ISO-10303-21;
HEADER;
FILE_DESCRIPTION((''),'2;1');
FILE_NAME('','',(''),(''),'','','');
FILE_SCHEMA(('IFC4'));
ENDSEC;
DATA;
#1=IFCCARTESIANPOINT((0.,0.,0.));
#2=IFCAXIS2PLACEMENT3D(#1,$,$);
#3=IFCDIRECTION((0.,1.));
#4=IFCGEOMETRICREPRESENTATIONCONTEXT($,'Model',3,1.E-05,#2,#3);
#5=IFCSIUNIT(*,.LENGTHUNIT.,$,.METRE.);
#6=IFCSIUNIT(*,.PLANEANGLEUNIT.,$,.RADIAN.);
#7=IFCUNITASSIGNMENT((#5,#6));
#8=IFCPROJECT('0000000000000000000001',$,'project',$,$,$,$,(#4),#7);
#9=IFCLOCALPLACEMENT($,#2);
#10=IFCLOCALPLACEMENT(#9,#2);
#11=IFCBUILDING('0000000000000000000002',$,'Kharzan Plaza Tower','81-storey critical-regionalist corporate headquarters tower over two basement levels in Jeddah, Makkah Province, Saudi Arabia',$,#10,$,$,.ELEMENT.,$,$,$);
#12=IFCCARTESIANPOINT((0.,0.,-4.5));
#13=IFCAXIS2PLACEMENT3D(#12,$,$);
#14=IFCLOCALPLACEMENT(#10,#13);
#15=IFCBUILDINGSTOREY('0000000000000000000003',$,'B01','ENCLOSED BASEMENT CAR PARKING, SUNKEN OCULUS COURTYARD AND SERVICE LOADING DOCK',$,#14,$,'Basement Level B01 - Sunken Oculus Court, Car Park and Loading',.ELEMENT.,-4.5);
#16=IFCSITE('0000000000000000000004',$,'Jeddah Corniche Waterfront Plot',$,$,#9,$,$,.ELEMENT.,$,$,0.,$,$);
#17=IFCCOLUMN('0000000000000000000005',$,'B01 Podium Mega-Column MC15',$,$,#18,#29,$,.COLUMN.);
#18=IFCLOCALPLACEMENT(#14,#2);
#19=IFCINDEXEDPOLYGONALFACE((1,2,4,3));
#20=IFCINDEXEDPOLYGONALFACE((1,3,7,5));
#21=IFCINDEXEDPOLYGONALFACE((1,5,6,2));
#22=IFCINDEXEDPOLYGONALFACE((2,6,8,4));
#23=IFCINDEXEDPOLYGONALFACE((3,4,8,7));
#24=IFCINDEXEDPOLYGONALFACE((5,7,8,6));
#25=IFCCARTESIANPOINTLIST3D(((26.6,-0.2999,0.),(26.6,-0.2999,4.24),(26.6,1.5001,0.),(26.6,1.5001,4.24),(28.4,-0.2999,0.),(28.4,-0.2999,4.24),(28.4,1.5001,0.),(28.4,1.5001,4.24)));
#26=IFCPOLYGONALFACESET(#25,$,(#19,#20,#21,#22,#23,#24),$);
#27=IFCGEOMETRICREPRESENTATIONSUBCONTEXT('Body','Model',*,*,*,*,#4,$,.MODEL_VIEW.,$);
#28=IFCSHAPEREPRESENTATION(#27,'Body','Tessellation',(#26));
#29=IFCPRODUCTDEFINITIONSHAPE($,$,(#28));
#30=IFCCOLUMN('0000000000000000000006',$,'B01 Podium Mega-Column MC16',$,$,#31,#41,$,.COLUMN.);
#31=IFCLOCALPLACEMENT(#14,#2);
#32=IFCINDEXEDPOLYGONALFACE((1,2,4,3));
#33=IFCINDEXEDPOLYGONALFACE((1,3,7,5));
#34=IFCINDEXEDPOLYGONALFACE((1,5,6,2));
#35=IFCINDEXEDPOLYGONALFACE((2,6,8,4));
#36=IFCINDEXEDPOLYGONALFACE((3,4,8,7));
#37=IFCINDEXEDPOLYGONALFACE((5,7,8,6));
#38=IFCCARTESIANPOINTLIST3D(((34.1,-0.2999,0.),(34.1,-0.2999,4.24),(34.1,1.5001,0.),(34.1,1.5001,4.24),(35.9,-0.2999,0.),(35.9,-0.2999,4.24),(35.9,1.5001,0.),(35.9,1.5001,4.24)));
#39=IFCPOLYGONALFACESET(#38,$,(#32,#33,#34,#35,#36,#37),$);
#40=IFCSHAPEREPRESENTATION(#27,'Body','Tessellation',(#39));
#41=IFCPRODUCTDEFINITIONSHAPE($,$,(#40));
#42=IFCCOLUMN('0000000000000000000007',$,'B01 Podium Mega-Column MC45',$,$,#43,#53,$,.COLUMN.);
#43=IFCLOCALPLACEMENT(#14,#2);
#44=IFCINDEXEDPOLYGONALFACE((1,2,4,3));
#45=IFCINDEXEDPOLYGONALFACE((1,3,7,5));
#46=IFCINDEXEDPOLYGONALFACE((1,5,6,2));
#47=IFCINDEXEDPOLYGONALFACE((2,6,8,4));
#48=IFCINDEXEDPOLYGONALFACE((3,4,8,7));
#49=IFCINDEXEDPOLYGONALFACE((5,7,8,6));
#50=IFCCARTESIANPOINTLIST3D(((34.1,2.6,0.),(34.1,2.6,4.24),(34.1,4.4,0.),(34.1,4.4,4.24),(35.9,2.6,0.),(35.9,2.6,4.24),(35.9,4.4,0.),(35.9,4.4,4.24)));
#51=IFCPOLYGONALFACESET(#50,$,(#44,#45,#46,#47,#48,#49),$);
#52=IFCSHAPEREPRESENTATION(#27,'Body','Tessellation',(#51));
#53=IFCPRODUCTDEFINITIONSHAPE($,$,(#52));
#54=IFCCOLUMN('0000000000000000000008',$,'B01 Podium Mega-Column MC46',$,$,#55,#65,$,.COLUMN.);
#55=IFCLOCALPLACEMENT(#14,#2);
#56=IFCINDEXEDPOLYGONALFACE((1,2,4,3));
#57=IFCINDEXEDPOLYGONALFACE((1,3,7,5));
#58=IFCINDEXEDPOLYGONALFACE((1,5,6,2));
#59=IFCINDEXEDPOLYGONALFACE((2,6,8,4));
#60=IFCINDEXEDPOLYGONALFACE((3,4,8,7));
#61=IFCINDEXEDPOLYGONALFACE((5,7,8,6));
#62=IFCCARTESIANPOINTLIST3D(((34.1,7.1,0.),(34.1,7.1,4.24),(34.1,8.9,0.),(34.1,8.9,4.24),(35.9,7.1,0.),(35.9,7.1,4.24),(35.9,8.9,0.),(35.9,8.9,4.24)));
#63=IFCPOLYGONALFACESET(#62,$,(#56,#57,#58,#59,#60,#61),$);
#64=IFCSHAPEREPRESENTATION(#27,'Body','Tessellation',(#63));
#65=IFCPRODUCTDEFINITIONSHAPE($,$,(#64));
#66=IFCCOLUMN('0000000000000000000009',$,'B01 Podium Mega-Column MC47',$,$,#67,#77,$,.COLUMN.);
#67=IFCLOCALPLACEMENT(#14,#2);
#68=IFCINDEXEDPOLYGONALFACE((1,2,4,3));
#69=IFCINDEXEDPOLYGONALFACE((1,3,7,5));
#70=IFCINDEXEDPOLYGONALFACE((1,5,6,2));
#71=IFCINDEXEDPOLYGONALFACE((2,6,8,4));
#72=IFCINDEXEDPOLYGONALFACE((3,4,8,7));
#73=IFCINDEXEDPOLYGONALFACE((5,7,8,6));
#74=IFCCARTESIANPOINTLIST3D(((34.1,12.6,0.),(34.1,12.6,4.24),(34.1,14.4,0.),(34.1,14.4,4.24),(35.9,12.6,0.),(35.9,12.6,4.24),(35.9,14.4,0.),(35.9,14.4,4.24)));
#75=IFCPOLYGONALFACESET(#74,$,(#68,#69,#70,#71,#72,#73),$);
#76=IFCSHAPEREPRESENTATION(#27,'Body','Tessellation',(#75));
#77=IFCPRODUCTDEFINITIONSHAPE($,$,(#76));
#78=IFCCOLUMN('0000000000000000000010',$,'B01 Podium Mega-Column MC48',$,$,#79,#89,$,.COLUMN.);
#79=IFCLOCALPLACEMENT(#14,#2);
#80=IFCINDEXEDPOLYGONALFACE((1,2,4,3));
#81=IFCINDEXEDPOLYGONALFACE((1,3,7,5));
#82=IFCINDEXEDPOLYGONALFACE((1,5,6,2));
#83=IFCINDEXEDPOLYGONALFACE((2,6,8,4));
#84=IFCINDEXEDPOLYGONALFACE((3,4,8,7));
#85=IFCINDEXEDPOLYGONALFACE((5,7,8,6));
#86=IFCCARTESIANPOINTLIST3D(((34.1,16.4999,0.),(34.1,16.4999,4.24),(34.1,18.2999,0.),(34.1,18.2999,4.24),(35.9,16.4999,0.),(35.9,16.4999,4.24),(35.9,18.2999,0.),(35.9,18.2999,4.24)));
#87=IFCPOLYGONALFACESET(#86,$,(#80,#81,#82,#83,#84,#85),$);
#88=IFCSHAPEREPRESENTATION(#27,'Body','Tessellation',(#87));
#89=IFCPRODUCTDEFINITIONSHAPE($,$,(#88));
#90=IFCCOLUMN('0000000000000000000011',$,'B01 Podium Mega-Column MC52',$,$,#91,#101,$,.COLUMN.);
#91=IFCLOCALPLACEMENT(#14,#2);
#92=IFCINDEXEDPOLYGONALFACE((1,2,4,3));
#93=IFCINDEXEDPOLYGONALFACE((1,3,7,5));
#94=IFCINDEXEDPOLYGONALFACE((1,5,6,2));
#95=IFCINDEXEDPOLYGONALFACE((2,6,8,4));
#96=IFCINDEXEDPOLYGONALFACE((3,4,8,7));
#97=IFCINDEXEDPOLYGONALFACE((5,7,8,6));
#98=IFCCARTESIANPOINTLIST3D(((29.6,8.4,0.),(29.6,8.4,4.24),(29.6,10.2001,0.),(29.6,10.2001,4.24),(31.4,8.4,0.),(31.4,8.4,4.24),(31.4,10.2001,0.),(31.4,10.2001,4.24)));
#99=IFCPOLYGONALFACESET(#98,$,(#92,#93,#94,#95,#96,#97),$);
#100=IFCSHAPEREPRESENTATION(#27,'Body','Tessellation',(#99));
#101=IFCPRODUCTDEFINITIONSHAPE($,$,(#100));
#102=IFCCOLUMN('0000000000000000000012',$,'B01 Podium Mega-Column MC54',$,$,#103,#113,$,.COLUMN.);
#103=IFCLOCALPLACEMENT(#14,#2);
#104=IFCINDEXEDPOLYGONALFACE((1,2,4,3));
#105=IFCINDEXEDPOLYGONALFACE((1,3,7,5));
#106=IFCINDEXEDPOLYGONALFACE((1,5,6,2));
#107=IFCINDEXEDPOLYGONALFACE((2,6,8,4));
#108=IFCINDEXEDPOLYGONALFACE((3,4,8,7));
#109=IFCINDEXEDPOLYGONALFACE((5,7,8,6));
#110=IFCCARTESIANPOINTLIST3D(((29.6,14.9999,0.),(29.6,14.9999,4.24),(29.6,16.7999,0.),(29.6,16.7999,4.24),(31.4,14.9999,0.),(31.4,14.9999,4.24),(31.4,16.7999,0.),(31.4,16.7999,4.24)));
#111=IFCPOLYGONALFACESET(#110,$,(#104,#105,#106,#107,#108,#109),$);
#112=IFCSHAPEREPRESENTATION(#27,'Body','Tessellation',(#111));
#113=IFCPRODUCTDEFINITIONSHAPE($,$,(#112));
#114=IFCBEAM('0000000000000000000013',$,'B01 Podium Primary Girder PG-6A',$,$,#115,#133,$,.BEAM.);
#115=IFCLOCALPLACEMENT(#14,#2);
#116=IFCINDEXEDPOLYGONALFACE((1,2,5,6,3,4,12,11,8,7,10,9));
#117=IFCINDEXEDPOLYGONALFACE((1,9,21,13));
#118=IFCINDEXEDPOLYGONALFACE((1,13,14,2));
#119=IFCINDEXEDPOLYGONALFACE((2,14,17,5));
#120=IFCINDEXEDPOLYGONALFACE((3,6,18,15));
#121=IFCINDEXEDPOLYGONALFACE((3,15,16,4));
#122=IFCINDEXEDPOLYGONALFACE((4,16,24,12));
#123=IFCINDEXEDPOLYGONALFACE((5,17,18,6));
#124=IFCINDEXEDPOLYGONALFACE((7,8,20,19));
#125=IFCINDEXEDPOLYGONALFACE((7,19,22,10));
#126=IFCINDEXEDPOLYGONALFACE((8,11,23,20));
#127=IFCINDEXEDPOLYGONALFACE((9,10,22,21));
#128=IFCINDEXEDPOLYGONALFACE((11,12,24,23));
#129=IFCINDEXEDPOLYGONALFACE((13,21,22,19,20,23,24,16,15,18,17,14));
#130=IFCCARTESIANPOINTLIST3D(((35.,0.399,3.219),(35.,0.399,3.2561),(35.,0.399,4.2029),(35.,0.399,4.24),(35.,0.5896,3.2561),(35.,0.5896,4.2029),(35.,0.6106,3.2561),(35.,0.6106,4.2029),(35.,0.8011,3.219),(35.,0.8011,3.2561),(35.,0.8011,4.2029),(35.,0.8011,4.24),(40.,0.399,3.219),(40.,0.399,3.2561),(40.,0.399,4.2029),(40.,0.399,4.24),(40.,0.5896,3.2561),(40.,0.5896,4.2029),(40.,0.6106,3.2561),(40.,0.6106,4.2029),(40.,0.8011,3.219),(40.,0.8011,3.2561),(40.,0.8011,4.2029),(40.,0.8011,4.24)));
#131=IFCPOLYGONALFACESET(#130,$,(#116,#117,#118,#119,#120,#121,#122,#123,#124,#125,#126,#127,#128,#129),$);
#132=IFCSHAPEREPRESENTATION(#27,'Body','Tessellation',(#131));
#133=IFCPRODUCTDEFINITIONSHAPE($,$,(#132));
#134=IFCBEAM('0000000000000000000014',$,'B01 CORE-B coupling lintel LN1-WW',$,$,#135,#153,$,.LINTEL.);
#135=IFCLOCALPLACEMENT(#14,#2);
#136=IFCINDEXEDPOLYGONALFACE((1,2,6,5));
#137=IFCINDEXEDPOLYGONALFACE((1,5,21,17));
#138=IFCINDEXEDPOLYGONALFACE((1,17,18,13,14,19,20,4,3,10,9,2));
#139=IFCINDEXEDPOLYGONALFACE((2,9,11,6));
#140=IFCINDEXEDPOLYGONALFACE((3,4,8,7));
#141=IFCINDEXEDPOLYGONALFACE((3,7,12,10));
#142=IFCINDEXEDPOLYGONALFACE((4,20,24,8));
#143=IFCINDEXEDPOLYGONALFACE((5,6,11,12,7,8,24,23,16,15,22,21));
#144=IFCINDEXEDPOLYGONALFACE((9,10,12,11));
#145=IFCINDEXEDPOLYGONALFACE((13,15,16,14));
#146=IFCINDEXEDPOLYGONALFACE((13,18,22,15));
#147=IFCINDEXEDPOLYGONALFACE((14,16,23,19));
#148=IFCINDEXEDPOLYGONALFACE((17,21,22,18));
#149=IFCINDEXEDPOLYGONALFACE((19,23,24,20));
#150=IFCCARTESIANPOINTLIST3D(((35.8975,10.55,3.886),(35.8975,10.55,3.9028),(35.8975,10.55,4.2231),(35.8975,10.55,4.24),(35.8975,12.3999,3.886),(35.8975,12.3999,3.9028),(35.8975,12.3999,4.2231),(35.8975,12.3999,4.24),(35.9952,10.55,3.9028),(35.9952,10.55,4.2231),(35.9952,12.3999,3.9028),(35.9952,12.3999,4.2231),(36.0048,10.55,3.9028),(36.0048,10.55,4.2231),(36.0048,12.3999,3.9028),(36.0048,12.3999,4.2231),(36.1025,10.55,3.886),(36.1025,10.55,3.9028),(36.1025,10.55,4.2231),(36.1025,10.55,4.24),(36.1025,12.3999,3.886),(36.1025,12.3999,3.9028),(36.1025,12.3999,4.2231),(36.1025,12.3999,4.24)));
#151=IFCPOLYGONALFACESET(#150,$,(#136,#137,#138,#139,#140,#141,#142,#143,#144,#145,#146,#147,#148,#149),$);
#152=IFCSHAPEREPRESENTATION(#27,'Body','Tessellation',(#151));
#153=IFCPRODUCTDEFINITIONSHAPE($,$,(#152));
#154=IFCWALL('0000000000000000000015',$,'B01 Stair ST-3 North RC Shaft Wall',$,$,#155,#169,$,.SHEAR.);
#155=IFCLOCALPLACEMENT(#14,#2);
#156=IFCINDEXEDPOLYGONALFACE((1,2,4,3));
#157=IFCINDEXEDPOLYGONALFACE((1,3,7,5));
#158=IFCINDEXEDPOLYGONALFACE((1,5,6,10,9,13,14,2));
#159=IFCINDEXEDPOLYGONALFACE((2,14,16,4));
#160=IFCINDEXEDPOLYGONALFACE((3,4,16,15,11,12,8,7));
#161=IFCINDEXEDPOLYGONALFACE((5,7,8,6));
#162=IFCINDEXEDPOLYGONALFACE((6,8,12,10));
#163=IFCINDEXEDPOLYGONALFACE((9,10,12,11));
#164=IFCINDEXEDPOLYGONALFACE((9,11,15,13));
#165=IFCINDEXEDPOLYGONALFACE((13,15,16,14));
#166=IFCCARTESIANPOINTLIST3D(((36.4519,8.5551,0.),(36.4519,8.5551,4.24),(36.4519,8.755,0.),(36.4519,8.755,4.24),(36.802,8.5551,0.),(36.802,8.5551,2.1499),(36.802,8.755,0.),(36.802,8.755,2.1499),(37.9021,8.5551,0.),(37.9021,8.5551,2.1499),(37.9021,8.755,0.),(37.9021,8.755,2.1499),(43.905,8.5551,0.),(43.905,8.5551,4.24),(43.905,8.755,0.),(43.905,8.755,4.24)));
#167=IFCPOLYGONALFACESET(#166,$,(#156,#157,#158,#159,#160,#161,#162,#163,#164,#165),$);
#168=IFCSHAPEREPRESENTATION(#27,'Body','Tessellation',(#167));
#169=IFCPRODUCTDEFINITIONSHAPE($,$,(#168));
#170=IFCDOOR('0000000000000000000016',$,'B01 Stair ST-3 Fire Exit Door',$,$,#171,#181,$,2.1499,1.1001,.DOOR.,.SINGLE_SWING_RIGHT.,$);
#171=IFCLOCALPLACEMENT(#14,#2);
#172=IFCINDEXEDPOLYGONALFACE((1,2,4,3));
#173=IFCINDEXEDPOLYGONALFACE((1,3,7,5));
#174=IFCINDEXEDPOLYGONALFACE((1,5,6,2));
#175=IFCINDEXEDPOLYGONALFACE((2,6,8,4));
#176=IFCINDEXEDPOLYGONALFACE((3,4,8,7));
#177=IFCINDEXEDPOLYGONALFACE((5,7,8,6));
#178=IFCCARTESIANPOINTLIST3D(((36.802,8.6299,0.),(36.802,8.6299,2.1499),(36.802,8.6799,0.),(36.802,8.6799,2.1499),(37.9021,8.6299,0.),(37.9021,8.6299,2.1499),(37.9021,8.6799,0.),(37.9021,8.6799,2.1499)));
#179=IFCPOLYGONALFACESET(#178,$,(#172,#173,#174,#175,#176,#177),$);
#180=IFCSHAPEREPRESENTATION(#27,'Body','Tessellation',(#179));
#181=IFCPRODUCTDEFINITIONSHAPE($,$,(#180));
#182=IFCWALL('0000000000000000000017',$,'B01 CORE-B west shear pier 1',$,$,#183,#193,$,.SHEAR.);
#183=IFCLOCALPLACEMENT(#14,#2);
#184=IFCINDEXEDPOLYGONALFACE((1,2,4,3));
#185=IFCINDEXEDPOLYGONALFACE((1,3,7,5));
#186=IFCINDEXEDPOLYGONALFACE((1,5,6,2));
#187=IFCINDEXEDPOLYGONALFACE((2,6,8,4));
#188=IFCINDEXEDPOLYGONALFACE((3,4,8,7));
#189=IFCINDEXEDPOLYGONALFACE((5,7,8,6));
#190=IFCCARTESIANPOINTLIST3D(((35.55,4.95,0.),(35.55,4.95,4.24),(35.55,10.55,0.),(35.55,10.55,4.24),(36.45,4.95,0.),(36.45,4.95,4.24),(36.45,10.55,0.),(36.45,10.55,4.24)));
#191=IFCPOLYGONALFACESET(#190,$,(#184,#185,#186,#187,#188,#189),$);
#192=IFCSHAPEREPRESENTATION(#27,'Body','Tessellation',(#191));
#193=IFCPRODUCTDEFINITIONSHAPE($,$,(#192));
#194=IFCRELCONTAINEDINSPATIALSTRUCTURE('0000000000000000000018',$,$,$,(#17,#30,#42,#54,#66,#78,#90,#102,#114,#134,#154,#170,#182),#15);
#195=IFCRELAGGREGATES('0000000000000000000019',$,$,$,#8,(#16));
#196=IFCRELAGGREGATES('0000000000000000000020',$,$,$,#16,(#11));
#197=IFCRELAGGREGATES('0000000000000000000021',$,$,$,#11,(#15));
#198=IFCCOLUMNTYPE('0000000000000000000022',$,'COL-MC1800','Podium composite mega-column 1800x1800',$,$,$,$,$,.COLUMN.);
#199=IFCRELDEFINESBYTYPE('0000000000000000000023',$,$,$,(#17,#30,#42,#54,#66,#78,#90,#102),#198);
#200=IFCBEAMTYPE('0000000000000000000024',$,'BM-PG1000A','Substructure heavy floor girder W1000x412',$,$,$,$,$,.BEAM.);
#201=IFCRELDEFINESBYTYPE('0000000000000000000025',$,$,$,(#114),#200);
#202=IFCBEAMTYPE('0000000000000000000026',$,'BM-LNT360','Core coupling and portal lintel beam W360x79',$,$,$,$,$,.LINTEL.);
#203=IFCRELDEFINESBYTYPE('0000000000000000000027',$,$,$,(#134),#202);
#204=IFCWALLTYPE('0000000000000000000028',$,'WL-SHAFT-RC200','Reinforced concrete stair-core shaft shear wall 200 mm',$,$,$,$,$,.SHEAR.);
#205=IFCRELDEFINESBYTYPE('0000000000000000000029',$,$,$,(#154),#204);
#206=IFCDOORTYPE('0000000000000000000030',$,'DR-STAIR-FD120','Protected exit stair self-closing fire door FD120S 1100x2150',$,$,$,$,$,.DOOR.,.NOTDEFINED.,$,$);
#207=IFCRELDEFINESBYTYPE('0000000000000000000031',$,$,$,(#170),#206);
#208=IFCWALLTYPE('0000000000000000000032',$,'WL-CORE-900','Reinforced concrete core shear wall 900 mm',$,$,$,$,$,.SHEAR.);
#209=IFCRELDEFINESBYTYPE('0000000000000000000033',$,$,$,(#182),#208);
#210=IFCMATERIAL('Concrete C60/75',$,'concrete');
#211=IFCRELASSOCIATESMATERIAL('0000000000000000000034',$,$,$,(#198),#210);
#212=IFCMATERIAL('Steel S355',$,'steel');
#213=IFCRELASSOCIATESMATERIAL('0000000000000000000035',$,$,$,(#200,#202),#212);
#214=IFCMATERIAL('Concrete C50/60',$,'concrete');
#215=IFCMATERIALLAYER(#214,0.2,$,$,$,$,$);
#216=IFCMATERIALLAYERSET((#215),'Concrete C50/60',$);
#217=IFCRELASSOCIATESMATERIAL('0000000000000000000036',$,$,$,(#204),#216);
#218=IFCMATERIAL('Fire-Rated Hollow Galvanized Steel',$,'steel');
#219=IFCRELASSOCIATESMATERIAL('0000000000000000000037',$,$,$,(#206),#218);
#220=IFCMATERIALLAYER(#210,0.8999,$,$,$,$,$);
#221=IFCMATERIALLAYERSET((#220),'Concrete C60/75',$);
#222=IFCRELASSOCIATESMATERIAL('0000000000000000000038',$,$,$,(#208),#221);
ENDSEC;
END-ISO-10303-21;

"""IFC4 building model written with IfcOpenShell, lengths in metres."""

from ifc_helpers import new_model, si_unit, direction, frame, frame_2d, origin, origin_2d, place, context, subcontext, project, spatial, rectangle, i_section, extrude, source, transform, mapped, material, layer, layer_set, material_profile, profile_set, type_object, element, fill, save


model = new_model("IFC4")

# Units and contexts
model_context = context("Model", 3, precision=1e-05, world=origin(), true_north=direction((0.0, 1.0)))
body_context = subcontext(model_context, "Body", "Model", "MODEL_VIEW")
ifc_project = project(units=[si_unit("LENGTHUNIT", "METRE"), si_unit("PLANEANGLEUNIT", "RADIAN")], contexts=[model_context])

# Site, building, storey
site_placement = place(None, origin())
site = spatial("IfcSite", under=ifc_project, at=site_placement, Name="Jeddah Corniche Waterfront Plot", CompositionType="ELEMENT", RefElevation=0.0)
building_placement = place(site_placement, origin())
building = spatial("IfcBuilding", under=site, at=building_placement, Name="Kharzan Plaza Tower", Description="81-storey critical-regionalist corporate headquarters tower over two basement levels in Jeddah, Makkah Province, Saudi Arabia", CompositionType="ELEMENT")
storey_placement = place(building_placement, frame((0.0, 0.0, -4.5)))
storey = spatial("IfcBuildingStorey", under=building, at=storey_placement, Name="B01", Description="ENCLOSED BASEMENT CAR PARKING, SUNKEN OCULUS COURTYARD AND SERVICE LOADING DOCK", LongName="Basement Level B01 - Sunken Oculus Court, Car Park and Loading", CompositionType="ELEMENT", Elevation=-4.5)

# Columns
ifc_material_1 = material(Name="Concrete C60/75", Category="concrete")
ifc_material_profile_1 = material_profile(ifc_material_1, rectangle(XDim=1.8, YDim=1.8, at=origin_2d()), Name="RC-MC1800x1800")
ifc_profile_set_1 = profile_set([ifc_material_profile_1], Name="Concrete C60/75")
column_type = type_object("IfcColumnType", Name="COL-MC1800", Description="Podium composite mega-column 1800x1800", PredefinedType="COLUMN", material=ifc_profile_set_1)
shared_shape_1 = source(origin(), body_context, "Body", "SweptSolid", [
    extrude(rectangle(XDim=1.8, YDim=1.8, at=origin_2d()), origin(), (0.0, 0.0, 1.0), 4.24),
])
for number, where, z_axis, x_axis, name in (
    (1, (27.5, 0.6001, 0.0), (0.0, 0.0, 1.0), (1.0, 0.0, 0.0), "B01 Podium Mega-Column MC15"),
    (2, (35.0, 0.6001, 0.0), (0.0, 0.0, 1.0), (1.0, 0.0, 0.0), "B01 Podium Mega-Column MC16"),
    (3, (35.0, 3.5, 0.0), (0.0, 0.0, 1.0), (1.0, 0.0, 0.0), "B01 Podium Mega-Column MC45"),
    (4, (35.0, 8.0, 0.0), (0.0, 0.0, 1.0), (1.0, 0.0, 0.0), "B01 Podium Mega-Column MC46"),
    (5, (35.0, 13.5, 0.0), (0.0, 0.0, 1.0), (1.0, 0.0, 0.0), "B01 Podium Mega-Column MC47"),
    (6, (35.0, 17.3999, 0.0), (0.0, 0.0, 1.0), (1.0, 0.0, 0.0), "B01 Podium Mega-Column MC48"),
    (7, (30.5, 9.3, 0.0), (0.0, 0.0, 1.0), (1.0, 0.0, 0.0), "B01 Podium Mega-Column MC52"),
    (8, (30.5, 15.8999, 0.0), (0.0, 0.0, 1.0), (1.0, 0.0, 0.0), "B01 Podium Mega-Column MC54"),
):
    element("IfcColumn", number, at=place(storey_placement, frame(where, z_axis=z_axis, x_axis=x_axis)), inside=storey, type_object=column_type, Name=name, PredefinedType="COLUMN", context=body_context, shape_type="MappedRepresentation", body=[
        mapped(shared_shape_1, transform((0.0, 0.0, 0.0), x_axis=(1.0, 0.0, 0.0), y_axis=(0.0, 1.0, 0.0), z_axis=(0.0, 0.0, 1.0))),
    ])

# Beams
ifc_material_2 = material(Name="Steel S355", Category="steel")
ifc_material_profile_2 = material_profile(ifc_material_2, i_section(OverallWidth=0.4021, OverallDepth=1.021, WebThickness=0.021, FlangeThickness=0.0371, at=origin_2d()), Name="W1000x412")
ifc_profile_set_2 = profile_set([ifc_material_profile_2], Name="Steel S355")
beam_type_1 = type_object("IfcBeamType", Name="BM-PG1000A", Description="Substructure heavy floor girder W1000x412", PredefinedType="BEAM", material=ifc_profile_set_2)
shared_shape_2 = source(origin(), body_context, "Body", "SweptSolid", [
    extrude(i_section(OverallWidth=0.4021, OverallDepth=1.021, WebThickness=0.021, FlangeThickness=0.0371, at=origin_2d()), origin(), (0.0, 0.0, 1.0), 5.0),
])
beam_1_placement = place(storey_placement, frame((35.0, 0.6001, 3.7295), z_axis=(1.0, 0.0, 0.0), x_axis=(0.0, 1.0, 0.0)))
element("IfcBeam", 9, at=beam_1_placement, inside=storey, type_object=beam_type_1, Name="B01 Podium Primary Girder PG-6A", PredefinedType="BEAM", context=body_context, shape_type="MappedRepresentation", body=[
    mapped(shared_shape_2, transform((0.0, 0.0, 0.0), x_axis=(1.0, 0.0, 0.0), y_axis=(0.0, 1.0, 0.0), z_axis=(0.0, 0.0, 1.0))),
])
ifc_material_profile_3 = material_profile(ifc_material_2, i_section(OverallWidth=0.2051, OverallDepth=0.354, WebThickness=0.0095, FlangeThickness=0.0168, at=origin_2d()), Name="W360x79")
ifc_profile_set_3 = profile_set([ifc_material_profile_3], Name="Steel S355")
beam_type_2 = type_object("IfcBeamType", Name="BM-LNT360", Description="Core coupling and portal lintel beam W360x79", PredefinedType="LINTEL", material=ifc_profile_set_3)
shared_shape_3 = source(origin(), body_context, "Body", "SweptSolid", [
    extrude(i_section(OverallWidth=0.2051, OverallDepth=0.354, WebThickness=0.0095, FlangeThickness=0.0168, at=origin_2d()), origin(), (0.0, 0.0, 1.0), 1.8499),
])
beam_2_placement = place(storey_placement, frame((36.0, 10.55, 4.063), z_axis=(0.0, 1.0, 0.0), x_axis=(-1.0, 0.0, 0.0)))
element("IfcBeam", 10, at=beam_2_placement, inside=storey, type_object=beam_type_2, Name="B01 CORE-B coupling lintel LN1-WW", PredefinedType="LINTEL", context=body_context, shape_type="MappedRepresentation", body=[
    mapped(shared_shape_3, transform((0.0, 0.0, 0.0), x_axis=(1.0, 0.0, 0.0), y_axis=(0.0, 1.0, 0.0), z_axis=(0.0, 0.0, 1.0))),
])

# Wall, opening, door
ifc_material_3 = material(Name="Concrete C50/60", Category="concrete")
ifc_layer_1 = layer(ifc_material_3, 0.2)
ifc_layer_set_1 = layer_set([ifc_layer_1], Name="Concrete C50/60")
wall_type_1 = type_object("IfcWallType", Name="WL-SHAFT-RC200", Description="Reinforced concrete stair-core shaft shear wall 200 mm", PredefinedType="SHEAR", material=ifc_layer_set_1)
wall_1_placement = place(storey_placement, frame((36.4519, 8.655, 0.0), z_axis=(0.0, 0.0, 1.0), x_axis=(1.0, 0.0, 0.0)))
wall_1 = element("IfcWall", 11, at=wall_1_placement, inside=storey, type_object=wall_type_1, Name="B01 Stair ST-3 North RC Shaft Wall", PredefinedType="SHEAR", context=body_context, shape_type="SweptSolid", body=[
    extrude(rectangle(XDim=7.4531, YDim=0.2, at=frame_2d((3.7266, 0.0))), origin(), (0.0, 0.0, 1.0), 4.24),
])
opening_placement = place(wall_1_placement, frame((0.3501, 0.0, 0.0)))
opening = element("IfcOpeningElement", 12, at=opening_placement, cuts=wall_1, PredefinedType="OPENING", context=body_context, shape_type="SweptSolid", body=[
    extrude(rectangle(XDim=1.1001, YDim=2.1499, at=frame_2d((0.55, 1.075))), frame((0.0, 0.1099, 0.0), z_axis=(0.0, -1.0, 0.0), x_axis=(1.0, 0.0, 0.0)), (0.0, 0.0, 1.0), 0.22),
])
ifc_material_4 = material(Name="Fire-Rated Hollow Galvanized Steel", Category="steel")
door_type = type_object("IfcDoorType", Name="DR-STAIR-FD120", Description="Protected exit stair self-closing fire door FD120S 1100x2150", OperationType="NOTDEFINED", PredefinedType="DOOR", material=ifc_material_4)
shared_shape_4 = source(origin(), body_context, "Body", "SweptSolid", [
    extrude(rectangle(XDim=1.1001, YDim=2.1499, at=frame_2d((0.55, 1.075))), frame((0.0, 0.0249, 0.0), z_axis=(0.0, -1.0, 0.0), x_axis=(1.0, 0.0, 0.0)), (0.0, 0.0, 1.0), 0.05),
])
door_placement = place(opening_placement, origin())
door = element("IfcDoor", 13, at=door_placement, inside=storey, type_object=door_type, Name="B01 Stair ST-3 Fire Exit Door", OperationType="SINGLE_SWING_RIGHT", OverallHeight=2.1499, OverallWidth=1.1001, PredefinedType="DOOR", context=body_context, shape_type="MappedRepresentation", body=[
    mapped(shared_shape_4, transform((0.0, 0.0, 0.0), x_axis=(1.0, 0.0, 0.0), y_axis=(0.0, 1.0, 0.0), z_axis=(0.0, 0.0, 1.0))),
])
fill(opening, door)

# Wall
ifc_layer_2 = layer(ifc_material_1, 0.8999)
ifc_layer_set_2 = layer_set([ifc_layer_2], Name="Concrete C60/75")
wall_type_2 = type_object("IfcWallType", Name="WL-CORE-900", Description="Reinforced concrete core shear wall 900 mm", PredefinedType="SHEAR", material=ifc_layer_set_2)
shared_shape_5 = source(origin(), body_context, "Body", "SweptSolid", [
    extrude(rectangle(XDim=5.6001, YDim=0.8999, at=frame_2d((2.8, 0.0))), origin(), (0.0, 0.0, 1.0), 4.24),
])
wall_2_placement = place(storey_placement, frame((36.0, 4.95, 0.0), z_axis=(0.0, 0.0, 1.0), x_axis=(0.0, 1.0, 0.0)))
element("IfcWall", 14, at=wall_2_placement, inside=storey, type_object=wall_type_2, Name="B01 CORE-B west shear pier 1", PredefinedType="SHEAR", context=body_context, shape_type="MappedRepresentation", body=[
    mapped(shared_shape_5, transform((0.0, 0.0, 0.0), x_axis=(1.0, 0.0, 0.0), y_axis=(0.0, 1.0, 0.0), z_axis=(0.0, 0.0, 1.0))),
])

save(model, "model.ifc")
